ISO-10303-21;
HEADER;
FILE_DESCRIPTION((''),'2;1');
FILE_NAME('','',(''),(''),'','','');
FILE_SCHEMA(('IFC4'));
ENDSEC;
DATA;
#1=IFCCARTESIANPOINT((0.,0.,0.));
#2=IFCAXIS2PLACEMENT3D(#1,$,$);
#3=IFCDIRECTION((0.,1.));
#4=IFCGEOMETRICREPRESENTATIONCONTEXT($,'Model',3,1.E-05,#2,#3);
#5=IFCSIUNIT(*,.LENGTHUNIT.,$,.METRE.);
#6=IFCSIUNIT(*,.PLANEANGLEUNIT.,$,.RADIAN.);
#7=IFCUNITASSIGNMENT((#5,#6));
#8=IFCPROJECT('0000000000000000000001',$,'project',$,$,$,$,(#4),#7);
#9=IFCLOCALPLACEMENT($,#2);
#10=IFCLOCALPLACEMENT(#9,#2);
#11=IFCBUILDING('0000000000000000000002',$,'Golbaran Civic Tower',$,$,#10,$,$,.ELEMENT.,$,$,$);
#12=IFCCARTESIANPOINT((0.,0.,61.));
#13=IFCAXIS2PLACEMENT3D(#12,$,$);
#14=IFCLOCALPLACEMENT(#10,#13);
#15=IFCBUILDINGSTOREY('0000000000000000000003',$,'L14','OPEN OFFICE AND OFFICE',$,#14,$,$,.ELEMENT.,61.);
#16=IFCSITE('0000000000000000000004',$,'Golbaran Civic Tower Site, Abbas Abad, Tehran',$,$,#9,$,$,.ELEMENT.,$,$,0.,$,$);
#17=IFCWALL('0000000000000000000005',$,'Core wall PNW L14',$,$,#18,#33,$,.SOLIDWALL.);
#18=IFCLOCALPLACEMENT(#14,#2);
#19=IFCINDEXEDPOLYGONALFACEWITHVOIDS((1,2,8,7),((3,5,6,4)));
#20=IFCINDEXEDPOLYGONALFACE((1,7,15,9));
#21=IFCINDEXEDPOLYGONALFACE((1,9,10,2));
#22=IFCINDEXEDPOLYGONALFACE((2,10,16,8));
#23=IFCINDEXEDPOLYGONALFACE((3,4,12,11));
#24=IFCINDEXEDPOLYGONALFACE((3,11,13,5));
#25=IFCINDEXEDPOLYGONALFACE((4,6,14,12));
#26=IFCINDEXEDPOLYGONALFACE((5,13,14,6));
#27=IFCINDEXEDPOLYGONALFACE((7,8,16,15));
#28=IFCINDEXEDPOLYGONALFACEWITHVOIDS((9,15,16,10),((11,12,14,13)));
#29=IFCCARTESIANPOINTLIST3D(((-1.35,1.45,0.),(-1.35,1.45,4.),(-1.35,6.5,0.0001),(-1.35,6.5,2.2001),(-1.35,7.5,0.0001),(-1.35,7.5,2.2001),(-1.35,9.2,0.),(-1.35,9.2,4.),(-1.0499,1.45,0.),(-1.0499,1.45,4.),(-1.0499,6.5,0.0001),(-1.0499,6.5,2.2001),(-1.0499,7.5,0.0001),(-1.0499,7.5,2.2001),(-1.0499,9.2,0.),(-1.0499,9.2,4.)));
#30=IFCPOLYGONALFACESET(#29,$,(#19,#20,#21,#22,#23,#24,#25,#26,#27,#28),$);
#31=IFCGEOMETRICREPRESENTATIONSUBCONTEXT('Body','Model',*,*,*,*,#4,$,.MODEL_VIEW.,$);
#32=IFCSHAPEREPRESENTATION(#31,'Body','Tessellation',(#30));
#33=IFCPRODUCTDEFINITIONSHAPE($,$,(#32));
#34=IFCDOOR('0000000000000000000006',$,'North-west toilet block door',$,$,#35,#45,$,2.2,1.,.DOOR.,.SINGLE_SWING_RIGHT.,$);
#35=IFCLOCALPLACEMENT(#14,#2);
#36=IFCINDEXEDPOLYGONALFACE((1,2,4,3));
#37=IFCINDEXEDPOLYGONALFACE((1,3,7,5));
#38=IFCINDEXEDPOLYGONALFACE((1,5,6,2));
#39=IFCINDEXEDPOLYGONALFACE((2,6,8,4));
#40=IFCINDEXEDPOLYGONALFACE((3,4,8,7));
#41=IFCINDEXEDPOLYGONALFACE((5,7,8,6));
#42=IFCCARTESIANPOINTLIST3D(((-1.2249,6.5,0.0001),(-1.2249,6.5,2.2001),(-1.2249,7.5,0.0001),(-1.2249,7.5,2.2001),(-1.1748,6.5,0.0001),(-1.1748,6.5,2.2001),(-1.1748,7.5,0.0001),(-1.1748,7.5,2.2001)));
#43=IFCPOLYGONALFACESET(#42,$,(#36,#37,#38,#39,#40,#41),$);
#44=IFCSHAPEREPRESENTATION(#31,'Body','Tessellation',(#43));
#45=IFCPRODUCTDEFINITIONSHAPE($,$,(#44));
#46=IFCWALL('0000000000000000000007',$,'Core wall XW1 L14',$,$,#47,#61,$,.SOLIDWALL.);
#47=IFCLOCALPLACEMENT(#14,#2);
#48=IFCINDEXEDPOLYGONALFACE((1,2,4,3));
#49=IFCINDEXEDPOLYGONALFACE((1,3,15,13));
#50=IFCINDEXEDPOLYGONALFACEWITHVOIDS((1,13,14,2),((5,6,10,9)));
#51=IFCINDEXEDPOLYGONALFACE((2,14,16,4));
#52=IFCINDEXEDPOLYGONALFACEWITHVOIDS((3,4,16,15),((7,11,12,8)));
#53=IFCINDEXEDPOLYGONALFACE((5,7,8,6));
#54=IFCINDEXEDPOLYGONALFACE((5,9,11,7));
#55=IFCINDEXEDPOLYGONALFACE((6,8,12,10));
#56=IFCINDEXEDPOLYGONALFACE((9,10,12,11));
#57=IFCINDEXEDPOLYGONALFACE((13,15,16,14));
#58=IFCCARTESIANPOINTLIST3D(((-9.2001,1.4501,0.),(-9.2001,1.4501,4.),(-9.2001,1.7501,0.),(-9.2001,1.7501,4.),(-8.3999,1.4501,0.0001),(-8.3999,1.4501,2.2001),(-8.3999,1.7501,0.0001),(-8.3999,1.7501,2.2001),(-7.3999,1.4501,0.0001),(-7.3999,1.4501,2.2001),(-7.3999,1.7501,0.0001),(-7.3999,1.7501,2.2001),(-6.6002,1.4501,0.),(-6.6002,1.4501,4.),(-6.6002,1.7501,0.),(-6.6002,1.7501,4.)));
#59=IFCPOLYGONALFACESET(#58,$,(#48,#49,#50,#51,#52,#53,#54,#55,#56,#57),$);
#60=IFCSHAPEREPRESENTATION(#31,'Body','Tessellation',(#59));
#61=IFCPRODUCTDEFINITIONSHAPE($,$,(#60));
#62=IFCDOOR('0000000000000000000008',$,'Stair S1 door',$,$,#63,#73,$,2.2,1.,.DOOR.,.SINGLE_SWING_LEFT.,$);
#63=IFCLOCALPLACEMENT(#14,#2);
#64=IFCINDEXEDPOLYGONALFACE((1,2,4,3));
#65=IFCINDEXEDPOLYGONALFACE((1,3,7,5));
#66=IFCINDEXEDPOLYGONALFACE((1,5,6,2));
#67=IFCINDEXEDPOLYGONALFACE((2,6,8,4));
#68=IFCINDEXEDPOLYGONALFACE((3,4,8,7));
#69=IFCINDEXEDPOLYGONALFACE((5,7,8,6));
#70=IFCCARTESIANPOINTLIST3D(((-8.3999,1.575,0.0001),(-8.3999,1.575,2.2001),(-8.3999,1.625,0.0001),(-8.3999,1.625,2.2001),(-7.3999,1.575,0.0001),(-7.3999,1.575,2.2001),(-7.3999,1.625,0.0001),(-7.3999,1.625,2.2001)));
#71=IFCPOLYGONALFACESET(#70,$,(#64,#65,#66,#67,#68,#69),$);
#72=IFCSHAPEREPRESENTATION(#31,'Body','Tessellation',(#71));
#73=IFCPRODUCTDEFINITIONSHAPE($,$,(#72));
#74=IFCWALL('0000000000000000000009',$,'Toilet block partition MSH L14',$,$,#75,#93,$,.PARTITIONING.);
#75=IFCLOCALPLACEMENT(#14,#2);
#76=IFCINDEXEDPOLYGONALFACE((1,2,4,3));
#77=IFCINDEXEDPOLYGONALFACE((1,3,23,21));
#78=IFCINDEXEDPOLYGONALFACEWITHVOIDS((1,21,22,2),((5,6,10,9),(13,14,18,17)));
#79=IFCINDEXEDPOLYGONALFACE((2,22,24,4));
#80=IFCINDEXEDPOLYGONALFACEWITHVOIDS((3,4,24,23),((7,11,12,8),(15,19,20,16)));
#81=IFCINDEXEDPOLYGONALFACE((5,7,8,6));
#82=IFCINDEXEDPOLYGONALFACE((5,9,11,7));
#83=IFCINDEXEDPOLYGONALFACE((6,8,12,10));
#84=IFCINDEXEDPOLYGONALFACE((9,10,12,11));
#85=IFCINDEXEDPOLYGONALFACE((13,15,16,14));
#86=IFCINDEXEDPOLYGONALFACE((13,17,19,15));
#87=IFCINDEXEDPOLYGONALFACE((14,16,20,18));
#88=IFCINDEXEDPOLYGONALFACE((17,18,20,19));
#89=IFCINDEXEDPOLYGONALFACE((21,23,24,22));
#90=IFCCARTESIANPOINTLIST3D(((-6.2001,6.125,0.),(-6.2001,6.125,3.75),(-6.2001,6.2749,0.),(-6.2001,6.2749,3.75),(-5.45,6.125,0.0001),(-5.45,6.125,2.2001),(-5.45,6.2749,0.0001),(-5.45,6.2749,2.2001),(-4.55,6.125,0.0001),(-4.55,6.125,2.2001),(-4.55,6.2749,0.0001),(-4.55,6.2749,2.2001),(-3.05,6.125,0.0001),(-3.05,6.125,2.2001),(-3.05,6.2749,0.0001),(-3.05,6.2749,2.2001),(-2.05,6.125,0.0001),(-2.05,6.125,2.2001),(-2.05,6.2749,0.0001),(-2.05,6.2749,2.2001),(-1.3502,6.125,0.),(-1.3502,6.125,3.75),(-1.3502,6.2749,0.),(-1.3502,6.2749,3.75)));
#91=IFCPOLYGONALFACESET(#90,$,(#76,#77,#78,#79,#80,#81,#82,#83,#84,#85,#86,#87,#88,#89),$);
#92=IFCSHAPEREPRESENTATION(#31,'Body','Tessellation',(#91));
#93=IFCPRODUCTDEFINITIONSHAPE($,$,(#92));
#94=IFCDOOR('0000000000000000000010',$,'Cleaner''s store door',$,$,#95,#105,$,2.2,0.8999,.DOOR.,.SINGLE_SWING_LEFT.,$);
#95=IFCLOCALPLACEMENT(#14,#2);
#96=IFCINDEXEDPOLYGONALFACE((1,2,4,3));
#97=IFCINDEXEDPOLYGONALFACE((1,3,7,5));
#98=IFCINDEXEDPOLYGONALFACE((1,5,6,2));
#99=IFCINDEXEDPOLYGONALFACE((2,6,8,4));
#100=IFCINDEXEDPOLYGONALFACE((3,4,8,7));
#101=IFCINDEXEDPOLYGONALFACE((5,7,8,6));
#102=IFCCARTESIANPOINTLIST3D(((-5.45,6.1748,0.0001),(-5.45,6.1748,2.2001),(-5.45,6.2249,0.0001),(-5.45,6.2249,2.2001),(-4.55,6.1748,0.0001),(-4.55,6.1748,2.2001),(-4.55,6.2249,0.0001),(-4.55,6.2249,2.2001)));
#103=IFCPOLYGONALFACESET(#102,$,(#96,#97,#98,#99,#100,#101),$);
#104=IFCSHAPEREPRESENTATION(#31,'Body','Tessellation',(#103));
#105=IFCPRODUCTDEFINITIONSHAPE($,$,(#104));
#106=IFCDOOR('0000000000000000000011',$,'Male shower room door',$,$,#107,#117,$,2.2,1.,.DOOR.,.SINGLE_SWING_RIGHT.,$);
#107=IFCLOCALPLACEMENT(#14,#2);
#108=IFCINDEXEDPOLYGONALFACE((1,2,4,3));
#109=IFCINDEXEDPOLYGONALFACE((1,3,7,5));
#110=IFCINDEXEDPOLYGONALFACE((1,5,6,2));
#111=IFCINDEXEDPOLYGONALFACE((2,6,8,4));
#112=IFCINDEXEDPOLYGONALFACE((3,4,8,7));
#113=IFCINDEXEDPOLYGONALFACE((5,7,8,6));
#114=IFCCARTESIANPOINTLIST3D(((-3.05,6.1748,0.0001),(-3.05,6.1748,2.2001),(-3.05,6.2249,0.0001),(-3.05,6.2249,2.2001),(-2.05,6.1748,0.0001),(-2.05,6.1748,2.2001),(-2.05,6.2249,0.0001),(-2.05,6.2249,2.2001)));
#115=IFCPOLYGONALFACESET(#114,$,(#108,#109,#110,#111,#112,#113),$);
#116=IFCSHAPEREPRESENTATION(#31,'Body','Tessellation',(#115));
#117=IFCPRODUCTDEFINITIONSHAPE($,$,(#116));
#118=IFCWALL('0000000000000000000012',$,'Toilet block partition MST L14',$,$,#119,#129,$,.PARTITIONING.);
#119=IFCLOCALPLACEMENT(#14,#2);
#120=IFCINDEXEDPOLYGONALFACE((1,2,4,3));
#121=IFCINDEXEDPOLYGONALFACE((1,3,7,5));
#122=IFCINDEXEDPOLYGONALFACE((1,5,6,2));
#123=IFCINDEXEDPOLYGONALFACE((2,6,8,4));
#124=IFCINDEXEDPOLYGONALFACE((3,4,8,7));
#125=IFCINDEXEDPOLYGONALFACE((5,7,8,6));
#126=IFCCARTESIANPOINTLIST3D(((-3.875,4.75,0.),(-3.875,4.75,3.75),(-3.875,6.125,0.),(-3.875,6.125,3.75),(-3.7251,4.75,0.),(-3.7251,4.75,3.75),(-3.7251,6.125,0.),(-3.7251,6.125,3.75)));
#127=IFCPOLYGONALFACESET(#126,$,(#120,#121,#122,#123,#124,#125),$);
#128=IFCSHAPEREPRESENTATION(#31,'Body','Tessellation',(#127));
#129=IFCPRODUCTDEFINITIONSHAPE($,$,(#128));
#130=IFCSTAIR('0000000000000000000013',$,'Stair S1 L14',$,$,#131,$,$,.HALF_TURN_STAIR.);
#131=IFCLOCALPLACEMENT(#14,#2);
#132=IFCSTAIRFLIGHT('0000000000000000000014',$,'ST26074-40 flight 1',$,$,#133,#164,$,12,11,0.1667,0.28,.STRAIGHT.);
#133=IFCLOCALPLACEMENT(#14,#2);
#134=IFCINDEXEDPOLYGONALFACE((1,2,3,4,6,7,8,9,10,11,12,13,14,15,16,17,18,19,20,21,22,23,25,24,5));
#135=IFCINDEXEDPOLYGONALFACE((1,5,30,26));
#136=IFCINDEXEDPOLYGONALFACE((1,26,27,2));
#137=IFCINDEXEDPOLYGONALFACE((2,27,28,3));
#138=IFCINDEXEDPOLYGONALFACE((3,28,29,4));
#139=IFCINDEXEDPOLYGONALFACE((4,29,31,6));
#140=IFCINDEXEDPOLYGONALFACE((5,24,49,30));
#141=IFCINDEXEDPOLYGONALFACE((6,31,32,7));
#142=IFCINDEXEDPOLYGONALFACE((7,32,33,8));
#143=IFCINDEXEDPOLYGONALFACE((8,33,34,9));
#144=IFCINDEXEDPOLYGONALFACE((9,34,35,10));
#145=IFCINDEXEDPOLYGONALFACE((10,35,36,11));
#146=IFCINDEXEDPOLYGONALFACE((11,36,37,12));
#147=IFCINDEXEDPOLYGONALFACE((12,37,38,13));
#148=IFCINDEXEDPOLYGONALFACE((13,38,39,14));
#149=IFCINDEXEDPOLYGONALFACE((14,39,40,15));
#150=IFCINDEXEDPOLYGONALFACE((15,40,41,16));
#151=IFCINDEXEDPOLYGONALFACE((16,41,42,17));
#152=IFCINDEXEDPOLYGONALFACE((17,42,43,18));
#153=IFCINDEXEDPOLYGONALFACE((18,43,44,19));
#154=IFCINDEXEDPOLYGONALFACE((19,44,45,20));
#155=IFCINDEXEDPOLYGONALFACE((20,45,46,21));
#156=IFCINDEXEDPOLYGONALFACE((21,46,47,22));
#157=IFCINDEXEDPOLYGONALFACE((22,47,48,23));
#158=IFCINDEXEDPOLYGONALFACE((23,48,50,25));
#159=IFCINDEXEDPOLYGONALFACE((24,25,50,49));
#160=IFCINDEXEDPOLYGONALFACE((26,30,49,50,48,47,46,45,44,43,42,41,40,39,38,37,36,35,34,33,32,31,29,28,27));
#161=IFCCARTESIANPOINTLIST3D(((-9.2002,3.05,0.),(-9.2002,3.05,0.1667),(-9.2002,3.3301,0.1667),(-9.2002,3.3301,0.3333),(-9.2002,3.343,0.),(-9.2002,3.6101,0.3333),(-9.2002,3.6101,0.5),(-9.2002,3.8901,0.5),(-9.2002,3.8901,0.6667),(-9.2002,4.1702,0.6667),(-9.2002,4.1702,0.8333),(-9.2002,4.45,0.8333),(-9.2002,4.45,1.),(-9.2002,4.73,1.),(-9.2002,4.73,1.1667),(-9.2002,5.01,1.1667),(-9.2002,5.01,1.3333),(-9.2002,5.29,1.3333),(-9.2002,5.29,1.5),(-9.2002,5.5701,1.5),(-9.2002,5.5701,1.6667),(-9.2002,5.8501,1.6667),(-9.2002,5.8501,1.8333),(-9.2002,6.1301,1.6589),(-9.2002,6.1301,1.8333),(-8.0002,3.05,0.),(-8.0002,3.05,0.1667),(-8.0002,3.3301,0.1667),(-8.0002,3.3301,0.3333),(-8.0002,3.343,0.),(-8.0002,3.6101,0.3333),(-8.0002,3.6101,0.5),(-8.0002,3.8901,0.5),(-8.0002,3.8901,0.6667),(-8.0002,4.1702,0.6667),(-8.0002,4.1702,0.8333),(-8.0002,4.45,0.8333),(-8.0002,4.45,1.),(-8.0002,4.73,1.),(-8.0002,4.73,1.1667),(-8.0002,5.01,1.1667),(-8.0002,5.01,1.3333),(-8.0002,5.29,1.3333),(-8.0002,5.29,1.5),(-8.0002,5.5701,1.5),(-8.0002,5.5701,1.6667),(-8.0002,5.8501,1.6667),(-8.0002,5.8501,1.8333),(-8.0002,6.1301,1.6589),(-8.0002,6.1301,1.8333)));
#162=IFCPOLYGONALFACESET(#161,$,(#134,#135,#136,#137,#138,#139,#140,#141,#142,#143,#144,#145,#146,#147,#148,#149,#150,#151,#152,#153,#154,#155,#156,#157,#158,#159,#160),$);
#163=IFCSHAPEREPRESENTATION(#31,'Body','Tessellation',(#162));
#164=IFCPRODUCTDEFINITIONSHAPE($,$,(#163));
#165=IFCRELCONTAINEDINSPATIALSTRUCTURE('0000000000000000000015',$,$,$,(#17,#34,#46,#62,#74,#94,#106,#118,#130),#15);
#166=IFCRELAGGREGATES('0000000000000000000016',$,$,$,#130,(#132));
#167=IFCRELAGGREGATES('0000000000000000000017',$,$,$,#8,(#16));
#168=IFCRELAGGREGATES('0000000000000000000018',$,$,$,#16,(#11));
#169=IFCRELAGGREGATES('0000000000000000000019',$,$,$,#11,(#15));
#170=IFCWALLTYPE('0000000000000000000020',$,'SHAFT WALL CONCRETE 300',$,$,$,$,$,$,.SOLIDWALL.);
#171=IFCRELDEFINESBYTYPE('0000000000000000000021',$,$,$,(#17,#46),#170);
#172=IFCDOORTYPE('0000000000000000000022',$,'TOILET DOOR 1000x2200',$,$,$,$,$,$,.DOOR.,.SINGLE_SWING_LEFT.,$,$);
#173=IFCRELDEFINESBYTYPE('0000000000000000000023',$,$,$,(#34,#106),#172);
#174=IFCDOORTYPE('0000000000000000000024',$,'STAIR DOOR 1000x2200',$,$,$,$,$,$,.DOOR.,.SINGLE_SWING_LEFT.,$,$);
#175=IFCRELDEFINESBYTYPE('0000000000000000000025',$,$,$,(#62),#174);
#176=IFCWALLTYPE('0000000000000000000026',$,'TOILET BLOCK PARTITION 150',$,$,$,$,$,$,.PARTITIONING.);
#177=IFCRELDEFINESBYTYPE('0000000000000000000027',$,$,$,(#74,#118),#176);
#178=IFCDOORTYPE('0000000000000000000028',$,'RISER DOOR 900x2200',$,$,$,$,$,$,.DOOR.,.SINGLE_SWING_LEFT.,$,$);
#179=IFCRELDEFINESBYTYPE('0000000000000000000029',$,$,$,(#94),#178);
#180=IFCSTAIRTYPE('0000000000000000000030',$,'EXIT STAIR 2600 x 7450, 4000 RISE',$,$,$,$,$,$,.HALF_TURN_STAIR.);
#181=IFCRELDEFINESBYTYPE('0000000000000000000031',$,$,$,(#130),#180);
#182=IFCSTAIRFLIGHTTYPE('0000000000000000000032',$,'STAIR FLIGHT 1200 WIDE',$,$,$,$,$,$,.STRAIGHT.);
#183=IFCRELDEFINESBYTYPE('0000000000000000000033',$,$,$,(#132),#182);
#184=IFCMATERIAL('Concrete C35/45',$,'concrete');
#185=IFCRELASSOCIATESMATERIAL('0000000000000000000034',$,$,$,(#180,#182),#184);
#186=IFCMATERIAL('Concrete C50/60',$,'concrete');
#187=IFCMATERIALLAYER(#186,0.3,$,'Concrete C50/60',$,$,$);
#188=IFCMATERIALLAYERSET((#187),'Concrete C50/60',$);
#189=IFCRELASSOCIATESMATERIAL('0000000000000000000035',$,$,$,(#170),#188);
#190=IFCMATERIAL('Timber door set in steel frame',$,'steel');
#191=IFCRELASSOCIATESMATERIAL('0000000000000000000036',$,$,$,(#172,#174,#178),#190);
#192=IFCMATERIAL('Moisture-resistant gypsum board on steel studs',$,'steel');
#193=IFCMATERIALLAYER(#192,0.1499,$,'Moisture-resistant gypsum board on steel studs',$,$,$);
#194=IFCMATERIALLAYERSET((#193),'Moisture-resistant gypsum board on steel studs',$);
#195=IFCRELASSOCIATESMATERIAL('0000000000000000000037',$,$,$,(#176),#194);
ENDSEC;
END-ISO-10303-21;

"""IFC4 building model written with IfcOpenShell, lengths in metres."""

from ifc_helpers import new_model, si_unit, direction, frame, frame_2d, origin, place, context, subcontext, project, spatial, polyline, rectangle, outline, extrude, material, layer, layer_set, type_object, element, fill, aggregate, save


model = new_model("IFC4")

# Units and contexts
model_context = context("Model", 3, precision=1e-05, world=origin(), true_north=direction((0.0, 1.0)))
body_context = subcontext(model_context, "Body", "Model", "MODEL_VIEW")
ifc_project = project(units=[si_unit("LENGTHUNIT", "METRE"), si_unit("PLANEANGLEUNIT", "RADIAN")], contexts=[model_context])

# Site, building, storey
site_placement = place(None, origin())
site = spatial("IfcSite", under=ifc_project, at=site_placement, Name="Golbaran Civic Tower Site, Abbas Abad, Tehran", CompositionType="ELEMENT", RefElevation=0.0)
building_placement = place(site_placement, origin())
building = spatial("IfcBuilding", under=site, at=building_placement, Name="Golbaran Civic Tower", CompositionType="ELEMENT")
storey_placement = place(building_placement, frame((0.0, 0.0, 61.0)))
storey = spatial("IfcBuildingStorey", under=building, at=storey_placement, Name="L14", Description="OPEN OFFICE AND OFFICE", CompositionType="ELEMENT", Elevation=61.0)

# Shared definitions
ifc_material_1 = material(Name="Concrete C35/45", Category="concrete")

# Shared definitions
stair_type = type_object("IfcStairType", Name="EXIT STAIR 2600 x 7450, 4000 RISE", PredefinedType="HALF_TURN_STAIR", material=ifc_material_1)

# Shared definitions
ifc_material_2 = material(Name="Timber door set in steel frame", Category="steel")

# Shared definitions
ifc_material_3 = material(Name="Concrete C50/60", Category="concrete")
ifc_layer_1 = layer(ifc_material_3, 0.3, Name="Concrete C50/60")
ifc_layer_set_1 = layer_set([ifc_layer_1], Name="Concrete C50/60")
wall_type_1 = type_object("IfcWallType", Name="SHAFT WALL CONCRETE 300", PredefinedType="SOLIDWALL", material=ifc_layer_set_1)

# Walls, openings, doors
wall_1_placement = place(storey_placement, frame((-1.2, 1.45, 0.0), z_axis=(0.0, 0.0, 1.0), x_axis=(0.0, 1.0, 0.0)))
wall_1 = element("IfcWall", 1, at=wall_1_placement, inside=storey, type_object=wall_type_1, Name="Core wall PNW L14", PredefinedType="SOLIDWALL", context=body_context, shape_type="SweptSolid", body=[
    extrude(rectangle(XDim=7.75, YDim=0.3, at=frame_2d((3.875, 0.0))), origin(), (0.0, 0.0, 1.0), 4.0),
])
opening_1_placement = place(wall_1_placement, frame((5.05, 0.0, 0.0)))
opening_1 = element("IfcOpeningElement", 2, at=opening_1_placement, cuts=wall_1, PredefinedType="OPENING", context=body_context, shape_type="SweptSolid", body=[
    extrude(rectangle(XDim=1.0, YDim=2.2, at=frame_2d((0.5, 1.1001))), frame((0.0, 0.1599, 0.0), z_axis=(0.0, -1.0, 0.0), x_axis=(1.0, 0.0, 0.0)), (0.0, 0.0, 1.0), 0.3201),
])
door_type_1 = type_object("IfcDoorType", Name="TOILET DOOR 1000x2200", OperationType="SINGLE_SWING_LEFT", PredefinedType="DOOR", material=ifc_material_2)
door_1_placement = place(opening_1_placement, origin())
door_1 = element("IfcDoor", 3, at=door_1_placement, inside=storey, type_object=door_type_1, Name="North-west toilet block door", OperationType="SINGLE_SWING_RIGHT", OverallHeight=2.2, OverallWidth=1.0, PredefinedType="DOOR", context=body_context, shape_type="SweptSolid", body=[
    extrude(rectangle(XDim=1.0, YDim=2.2, at=frame_2d((0.5, 1.1001))), frame((0.0, 0.0249, 0.0), z_axis=(0.0, -1.0, 0.0), x_axis=(1.0, 0.0, 0.0)), (0.0, 0.0, 1.0), 0.05),
])
fill(opening_1, door_1)
wall_2_placement = place(storey_placement, frame((-9.2, 1.6001, 0.0), z_axis=(0.0, 0.0, 1.0), x_axis=(1.0, 0.0, 0.0)))
wall_2 = element("IfcWall", 4, at=wall_2_placement, inside=storey, type_object=wall_type_1, Name="Core wall XW1 L14", PredefinedType="SOLIDWALL", context=body_context, shape_type="SweptSolid", body=[
    extrude(rectangle(XDim=2.5999, YDim=0.3, at=frame_2d((1.2998, 0.0))), origin(), (0.0, 0.0, 1.0), 4.0),
])
opening_2_placement = place(wall_2_placement, frame((0.8, 0.0, 0.0)))
opening_2 = element("IfcOpeningElement", 5, at=opening_2_placement, cuts=wall_2, PredefinedType="OPENING", context=body_context, shape_type="SweptSolid", body=[
    extrude(rectangle(XDim=1.0, YDim=2.2, at=frame_2d((0.5, 1.1001))), frame((0.0, 0.1599, 0.0), z_axis=(0.0, -1.0, 0.0), x_axis=(1.0, 0.0, 0.0)), (0.0, 0.0, 1.0), 0.3201),
])
door_type_2 = type_object("IfcDoorType", Name="STAIR DOOR 1000x2200", OperationType="SINGLE_SWING_LEFT", PredefinedType="DOOR", material=ifc_material_2)
door_2_placement = place(opening_2_placement, origin())
door_2 = element("IfcDoor", 6, at=door_2_placement, inside=storey, type_object=door_type_2, Name="Stair S1 door", OperationType="SINGLE_SWING_LEFT", OverallHeight=2.2, OverallWidth=1.0, PredefinedType="DOOR", context=body_context, shape_type="SweptSolid", body=[
    extrude(rectangle(XDim=1.0, YDim=2.2, at=frame_2d((0.5, 1.1001))), frame((0.0, 0.0249, 0.0), z_axis=(0.0, -1.0, 0.0), x_axis=(1.0, 0.0, 0.0)), (0.0, 0.0, 1.0), 0.05),
])
fill(opening_2, door_2)

# Wall, openings, doors
ifc_material_4 = material(Name="Moisture-resistant gypsum board on steel studs", Category="steel")
ifc_layer_2 = layer(ifc_material_4, 0.1499, Name="Moisture-resistant gypsum board on steel studs")
ifc_layer_set_2 = layer_set([ifc_layer_2], Name="Moisture-resistant gypsum board on steel studs")
wall_type_2 = type_object("IfcWallType", Name="TOILET BLOCK PARTITION 150", PredefinedType="PARTITIONING", material=ifc_layer_set_2)
wall_3_placement = place(storey_placement, frame((-6.2, 6.2, 0.0), z_axis=(0.0, 0.0, 1.0), x_axis=(1.0, 0.0, 0.0)))
wall_3 = element("IfcWall", 7, at=wall_3_placement, inside=storey, type_object=wall_type_2, Name="Toilet block partition MSH L14", PredefinedType="PARTITIONING", context=body_context, shape_type="SweptSolid", body=[
    extrude(rectangle(XDim=4.8499, YDim=0.1499, at=frame_2d((2.4248, 0.0))), origin(), (0.0, 0.0, 1.0), 3.75),
])
opening_3_placement = place(wall_3_placement, frame((3.1499, 0.0, 0.0)))
opening_3 = element("IfcOpeningElement", 8, at=opening_3_placement, cuts=wall_3, PredefinedType="OPENING", context=body_context, shape_type="SweptSolid", body=[
    extrude(rectangle(XDim=1.0, YDim=2.2, at=frame_2d((0.5, 1.1001))), frame((0.0, 0.085, 0.0), z_axis=(0.0, -1.0, 0.0), x_axis=(1.0, 0.0, 0.0)), (0.0, 0.0, 1.0), 0.1699),
])
opening_4_placement = place(wall_3_placement, frame((0.75, 0.0, 0.0)))
opening_4 = element("IfcOpeningElement", 9, at=opening_4_placement, cuts=wall_3, PredefinedType="OPENING", context=body_context, shape_type="SweptSolid", body=[
    extrude(rectangle(XDim=0.8999, YDim=2.2, at=frame_2d((0.45, 1.1001))), frame((0.0, 0.085, 0.0), z_axis=(0.0, -1.0, 0.0), x_axis=(1.0, 0.0, 0.0)), (0.0, 0.0, 1.0), 0.1699),
])
door_type_3 = type_object("IfcDoorType", Name="RISER DOOR 900x2200", OperationType="SINGLE_SWING_LEFT", PredefinedType="DOOR", material=ifc_material_2)
door_3_placement = place(opening_4_placement, origin())
door_3 = element("IfcDoor", 10, at=door_3_placement, inside=storey, type_object=door_type_3, Name="Cleaner's store door", OperationType="SINGLE_SWING_LEFT", OverallHeight=2.2, OverallWidth=0.8999, PredefinedType="DOOR", context=body_context, shape_type="SweptSolid", body=[
    extrude(rectangle(XDim=0.8999, YDim=2.2, at=frame_2d((0.45, 1.1001))), frame((0.0, 0.0249, 0.0), z_axis=(0.0, -1.0, 0.0), x_axis=(1.0, 0.0, 0.0)), (0.0, 0.0, 1.0), 0.05),
])
fill(opening_4, door_3)
door_4_placement = place(opening_3_placement, origin())
door_4 = element("IfcDoor", 11, at=door_4_placement, inside=storey, type_object=door_type_1, Name="Male shower room door", OperationType="SINGLE_SWING_RIGHT", OverallHeight=2.2, OverallWidth=1.0, PredefinedType="DOOR", context=body_context, shape_type="SweptSolid", body=[
    extrude(rectangle(XDim=1.0, YDim=2.2, at=frame_2d((0.5, 1.1001))), frame((0.0, 0.0249, 0.0), z_axis=(0.0, -1.0, 0.0), x_axis=(1.0, 0.0, 0.0)), (0.0, 0.0, 1.0), 0.05),
])
fill(opening_3, door_4)

# Wall
wall_4_placement = place(storey_placement, frame((-3.8, 4.75, 0.0), z_axis=(0.0, 0.0, 1.0), x_axis=(0.0, 1.0, 0.0)))
element("IfcWall", 12, at=wall_4_placement, inside=storey, type_object=wall_type_2, Name="Toilet block partition MST L14", PredefinedType="PARTITIONING", context=body_context, shape_type="SweptSolid", body=[
    extrude(rectangle(XDim=1.375, YDim=0.1499, at=frame_2d((0.6875, 0.0))), origin(), (0.0, 0.0, 1.0), 3.75),
])

# Stair, stair flight
stair_1_placement = place(storey_placement, origin())
stair_1 = element("IfcStair", 13, at=stair_1_placement, inside=storey, type_object=stair_type, Name="Stair S1 L14", PredefinedType="HALF_TURN_STAIR")
stair_flight_type = type_object("IfcStairFlightType", Name="STAIR FLIGHT 1200 WIDE", PredefinedType="STRAIGHT", material=ifc_material_1)
stair_flight_1_placement = place(storey_placement, frame((-8.6001, 3.05, 0.0), z_axis=(0.0, 0.0, 1.0), x_axis=(0.0, 1.0, 0.0)))
stair_flight_1 = element("IfcStairFlight", 14, at=stair_flight_1_placement, type_object=stair_flight_type, Name="ST26074-40 flight 1", NumberOfRisers=12, NumberOfTreads=11, PredefinedType="STRAIGHT", RiserHeight=0.1667, TreadLength=0.28, context=body_context, shape_type="SweptSolid", body=[
    extrude(outline(polyline([(0.0, 0.0), (0.0, 0.1667), (0.28, 0.1667), (0.28, 0.3333), (0.5601, 0.3333), (0.5601, 0.5), (0.8401, 0.5), (0.8401, 0.6667), (1.1201, 0.6667), (1.1201, 0.8333), (1.3999, 0.8333), (1.3999, 1.0), (1.6799, 1.0), (1.6799, 1.1667), (1.96, 1.1667), (1.96, 1.3333), (2.24, 1.3333), (2.24, 1.5), (2.52, 1.5), (2.52, 1.6667), (2.8, 1.6667), (2.8, 1.8333), (3.0801, 1.8333), (3.0801, 2.0), (3.0801, 1.6589), (0.293, 0.0), (0.0, 0.0)])), frame((0.0, 0.6001, 0.0), z_axis=(0.0, -1.0, 0.0), x_axis=(1.0, 0.0, 0.0)), (0.0, 0.0, 1.0), 1.2),
])
aggregate(stair_1, [stair_flight_1])

save(model, "model.ifc")
